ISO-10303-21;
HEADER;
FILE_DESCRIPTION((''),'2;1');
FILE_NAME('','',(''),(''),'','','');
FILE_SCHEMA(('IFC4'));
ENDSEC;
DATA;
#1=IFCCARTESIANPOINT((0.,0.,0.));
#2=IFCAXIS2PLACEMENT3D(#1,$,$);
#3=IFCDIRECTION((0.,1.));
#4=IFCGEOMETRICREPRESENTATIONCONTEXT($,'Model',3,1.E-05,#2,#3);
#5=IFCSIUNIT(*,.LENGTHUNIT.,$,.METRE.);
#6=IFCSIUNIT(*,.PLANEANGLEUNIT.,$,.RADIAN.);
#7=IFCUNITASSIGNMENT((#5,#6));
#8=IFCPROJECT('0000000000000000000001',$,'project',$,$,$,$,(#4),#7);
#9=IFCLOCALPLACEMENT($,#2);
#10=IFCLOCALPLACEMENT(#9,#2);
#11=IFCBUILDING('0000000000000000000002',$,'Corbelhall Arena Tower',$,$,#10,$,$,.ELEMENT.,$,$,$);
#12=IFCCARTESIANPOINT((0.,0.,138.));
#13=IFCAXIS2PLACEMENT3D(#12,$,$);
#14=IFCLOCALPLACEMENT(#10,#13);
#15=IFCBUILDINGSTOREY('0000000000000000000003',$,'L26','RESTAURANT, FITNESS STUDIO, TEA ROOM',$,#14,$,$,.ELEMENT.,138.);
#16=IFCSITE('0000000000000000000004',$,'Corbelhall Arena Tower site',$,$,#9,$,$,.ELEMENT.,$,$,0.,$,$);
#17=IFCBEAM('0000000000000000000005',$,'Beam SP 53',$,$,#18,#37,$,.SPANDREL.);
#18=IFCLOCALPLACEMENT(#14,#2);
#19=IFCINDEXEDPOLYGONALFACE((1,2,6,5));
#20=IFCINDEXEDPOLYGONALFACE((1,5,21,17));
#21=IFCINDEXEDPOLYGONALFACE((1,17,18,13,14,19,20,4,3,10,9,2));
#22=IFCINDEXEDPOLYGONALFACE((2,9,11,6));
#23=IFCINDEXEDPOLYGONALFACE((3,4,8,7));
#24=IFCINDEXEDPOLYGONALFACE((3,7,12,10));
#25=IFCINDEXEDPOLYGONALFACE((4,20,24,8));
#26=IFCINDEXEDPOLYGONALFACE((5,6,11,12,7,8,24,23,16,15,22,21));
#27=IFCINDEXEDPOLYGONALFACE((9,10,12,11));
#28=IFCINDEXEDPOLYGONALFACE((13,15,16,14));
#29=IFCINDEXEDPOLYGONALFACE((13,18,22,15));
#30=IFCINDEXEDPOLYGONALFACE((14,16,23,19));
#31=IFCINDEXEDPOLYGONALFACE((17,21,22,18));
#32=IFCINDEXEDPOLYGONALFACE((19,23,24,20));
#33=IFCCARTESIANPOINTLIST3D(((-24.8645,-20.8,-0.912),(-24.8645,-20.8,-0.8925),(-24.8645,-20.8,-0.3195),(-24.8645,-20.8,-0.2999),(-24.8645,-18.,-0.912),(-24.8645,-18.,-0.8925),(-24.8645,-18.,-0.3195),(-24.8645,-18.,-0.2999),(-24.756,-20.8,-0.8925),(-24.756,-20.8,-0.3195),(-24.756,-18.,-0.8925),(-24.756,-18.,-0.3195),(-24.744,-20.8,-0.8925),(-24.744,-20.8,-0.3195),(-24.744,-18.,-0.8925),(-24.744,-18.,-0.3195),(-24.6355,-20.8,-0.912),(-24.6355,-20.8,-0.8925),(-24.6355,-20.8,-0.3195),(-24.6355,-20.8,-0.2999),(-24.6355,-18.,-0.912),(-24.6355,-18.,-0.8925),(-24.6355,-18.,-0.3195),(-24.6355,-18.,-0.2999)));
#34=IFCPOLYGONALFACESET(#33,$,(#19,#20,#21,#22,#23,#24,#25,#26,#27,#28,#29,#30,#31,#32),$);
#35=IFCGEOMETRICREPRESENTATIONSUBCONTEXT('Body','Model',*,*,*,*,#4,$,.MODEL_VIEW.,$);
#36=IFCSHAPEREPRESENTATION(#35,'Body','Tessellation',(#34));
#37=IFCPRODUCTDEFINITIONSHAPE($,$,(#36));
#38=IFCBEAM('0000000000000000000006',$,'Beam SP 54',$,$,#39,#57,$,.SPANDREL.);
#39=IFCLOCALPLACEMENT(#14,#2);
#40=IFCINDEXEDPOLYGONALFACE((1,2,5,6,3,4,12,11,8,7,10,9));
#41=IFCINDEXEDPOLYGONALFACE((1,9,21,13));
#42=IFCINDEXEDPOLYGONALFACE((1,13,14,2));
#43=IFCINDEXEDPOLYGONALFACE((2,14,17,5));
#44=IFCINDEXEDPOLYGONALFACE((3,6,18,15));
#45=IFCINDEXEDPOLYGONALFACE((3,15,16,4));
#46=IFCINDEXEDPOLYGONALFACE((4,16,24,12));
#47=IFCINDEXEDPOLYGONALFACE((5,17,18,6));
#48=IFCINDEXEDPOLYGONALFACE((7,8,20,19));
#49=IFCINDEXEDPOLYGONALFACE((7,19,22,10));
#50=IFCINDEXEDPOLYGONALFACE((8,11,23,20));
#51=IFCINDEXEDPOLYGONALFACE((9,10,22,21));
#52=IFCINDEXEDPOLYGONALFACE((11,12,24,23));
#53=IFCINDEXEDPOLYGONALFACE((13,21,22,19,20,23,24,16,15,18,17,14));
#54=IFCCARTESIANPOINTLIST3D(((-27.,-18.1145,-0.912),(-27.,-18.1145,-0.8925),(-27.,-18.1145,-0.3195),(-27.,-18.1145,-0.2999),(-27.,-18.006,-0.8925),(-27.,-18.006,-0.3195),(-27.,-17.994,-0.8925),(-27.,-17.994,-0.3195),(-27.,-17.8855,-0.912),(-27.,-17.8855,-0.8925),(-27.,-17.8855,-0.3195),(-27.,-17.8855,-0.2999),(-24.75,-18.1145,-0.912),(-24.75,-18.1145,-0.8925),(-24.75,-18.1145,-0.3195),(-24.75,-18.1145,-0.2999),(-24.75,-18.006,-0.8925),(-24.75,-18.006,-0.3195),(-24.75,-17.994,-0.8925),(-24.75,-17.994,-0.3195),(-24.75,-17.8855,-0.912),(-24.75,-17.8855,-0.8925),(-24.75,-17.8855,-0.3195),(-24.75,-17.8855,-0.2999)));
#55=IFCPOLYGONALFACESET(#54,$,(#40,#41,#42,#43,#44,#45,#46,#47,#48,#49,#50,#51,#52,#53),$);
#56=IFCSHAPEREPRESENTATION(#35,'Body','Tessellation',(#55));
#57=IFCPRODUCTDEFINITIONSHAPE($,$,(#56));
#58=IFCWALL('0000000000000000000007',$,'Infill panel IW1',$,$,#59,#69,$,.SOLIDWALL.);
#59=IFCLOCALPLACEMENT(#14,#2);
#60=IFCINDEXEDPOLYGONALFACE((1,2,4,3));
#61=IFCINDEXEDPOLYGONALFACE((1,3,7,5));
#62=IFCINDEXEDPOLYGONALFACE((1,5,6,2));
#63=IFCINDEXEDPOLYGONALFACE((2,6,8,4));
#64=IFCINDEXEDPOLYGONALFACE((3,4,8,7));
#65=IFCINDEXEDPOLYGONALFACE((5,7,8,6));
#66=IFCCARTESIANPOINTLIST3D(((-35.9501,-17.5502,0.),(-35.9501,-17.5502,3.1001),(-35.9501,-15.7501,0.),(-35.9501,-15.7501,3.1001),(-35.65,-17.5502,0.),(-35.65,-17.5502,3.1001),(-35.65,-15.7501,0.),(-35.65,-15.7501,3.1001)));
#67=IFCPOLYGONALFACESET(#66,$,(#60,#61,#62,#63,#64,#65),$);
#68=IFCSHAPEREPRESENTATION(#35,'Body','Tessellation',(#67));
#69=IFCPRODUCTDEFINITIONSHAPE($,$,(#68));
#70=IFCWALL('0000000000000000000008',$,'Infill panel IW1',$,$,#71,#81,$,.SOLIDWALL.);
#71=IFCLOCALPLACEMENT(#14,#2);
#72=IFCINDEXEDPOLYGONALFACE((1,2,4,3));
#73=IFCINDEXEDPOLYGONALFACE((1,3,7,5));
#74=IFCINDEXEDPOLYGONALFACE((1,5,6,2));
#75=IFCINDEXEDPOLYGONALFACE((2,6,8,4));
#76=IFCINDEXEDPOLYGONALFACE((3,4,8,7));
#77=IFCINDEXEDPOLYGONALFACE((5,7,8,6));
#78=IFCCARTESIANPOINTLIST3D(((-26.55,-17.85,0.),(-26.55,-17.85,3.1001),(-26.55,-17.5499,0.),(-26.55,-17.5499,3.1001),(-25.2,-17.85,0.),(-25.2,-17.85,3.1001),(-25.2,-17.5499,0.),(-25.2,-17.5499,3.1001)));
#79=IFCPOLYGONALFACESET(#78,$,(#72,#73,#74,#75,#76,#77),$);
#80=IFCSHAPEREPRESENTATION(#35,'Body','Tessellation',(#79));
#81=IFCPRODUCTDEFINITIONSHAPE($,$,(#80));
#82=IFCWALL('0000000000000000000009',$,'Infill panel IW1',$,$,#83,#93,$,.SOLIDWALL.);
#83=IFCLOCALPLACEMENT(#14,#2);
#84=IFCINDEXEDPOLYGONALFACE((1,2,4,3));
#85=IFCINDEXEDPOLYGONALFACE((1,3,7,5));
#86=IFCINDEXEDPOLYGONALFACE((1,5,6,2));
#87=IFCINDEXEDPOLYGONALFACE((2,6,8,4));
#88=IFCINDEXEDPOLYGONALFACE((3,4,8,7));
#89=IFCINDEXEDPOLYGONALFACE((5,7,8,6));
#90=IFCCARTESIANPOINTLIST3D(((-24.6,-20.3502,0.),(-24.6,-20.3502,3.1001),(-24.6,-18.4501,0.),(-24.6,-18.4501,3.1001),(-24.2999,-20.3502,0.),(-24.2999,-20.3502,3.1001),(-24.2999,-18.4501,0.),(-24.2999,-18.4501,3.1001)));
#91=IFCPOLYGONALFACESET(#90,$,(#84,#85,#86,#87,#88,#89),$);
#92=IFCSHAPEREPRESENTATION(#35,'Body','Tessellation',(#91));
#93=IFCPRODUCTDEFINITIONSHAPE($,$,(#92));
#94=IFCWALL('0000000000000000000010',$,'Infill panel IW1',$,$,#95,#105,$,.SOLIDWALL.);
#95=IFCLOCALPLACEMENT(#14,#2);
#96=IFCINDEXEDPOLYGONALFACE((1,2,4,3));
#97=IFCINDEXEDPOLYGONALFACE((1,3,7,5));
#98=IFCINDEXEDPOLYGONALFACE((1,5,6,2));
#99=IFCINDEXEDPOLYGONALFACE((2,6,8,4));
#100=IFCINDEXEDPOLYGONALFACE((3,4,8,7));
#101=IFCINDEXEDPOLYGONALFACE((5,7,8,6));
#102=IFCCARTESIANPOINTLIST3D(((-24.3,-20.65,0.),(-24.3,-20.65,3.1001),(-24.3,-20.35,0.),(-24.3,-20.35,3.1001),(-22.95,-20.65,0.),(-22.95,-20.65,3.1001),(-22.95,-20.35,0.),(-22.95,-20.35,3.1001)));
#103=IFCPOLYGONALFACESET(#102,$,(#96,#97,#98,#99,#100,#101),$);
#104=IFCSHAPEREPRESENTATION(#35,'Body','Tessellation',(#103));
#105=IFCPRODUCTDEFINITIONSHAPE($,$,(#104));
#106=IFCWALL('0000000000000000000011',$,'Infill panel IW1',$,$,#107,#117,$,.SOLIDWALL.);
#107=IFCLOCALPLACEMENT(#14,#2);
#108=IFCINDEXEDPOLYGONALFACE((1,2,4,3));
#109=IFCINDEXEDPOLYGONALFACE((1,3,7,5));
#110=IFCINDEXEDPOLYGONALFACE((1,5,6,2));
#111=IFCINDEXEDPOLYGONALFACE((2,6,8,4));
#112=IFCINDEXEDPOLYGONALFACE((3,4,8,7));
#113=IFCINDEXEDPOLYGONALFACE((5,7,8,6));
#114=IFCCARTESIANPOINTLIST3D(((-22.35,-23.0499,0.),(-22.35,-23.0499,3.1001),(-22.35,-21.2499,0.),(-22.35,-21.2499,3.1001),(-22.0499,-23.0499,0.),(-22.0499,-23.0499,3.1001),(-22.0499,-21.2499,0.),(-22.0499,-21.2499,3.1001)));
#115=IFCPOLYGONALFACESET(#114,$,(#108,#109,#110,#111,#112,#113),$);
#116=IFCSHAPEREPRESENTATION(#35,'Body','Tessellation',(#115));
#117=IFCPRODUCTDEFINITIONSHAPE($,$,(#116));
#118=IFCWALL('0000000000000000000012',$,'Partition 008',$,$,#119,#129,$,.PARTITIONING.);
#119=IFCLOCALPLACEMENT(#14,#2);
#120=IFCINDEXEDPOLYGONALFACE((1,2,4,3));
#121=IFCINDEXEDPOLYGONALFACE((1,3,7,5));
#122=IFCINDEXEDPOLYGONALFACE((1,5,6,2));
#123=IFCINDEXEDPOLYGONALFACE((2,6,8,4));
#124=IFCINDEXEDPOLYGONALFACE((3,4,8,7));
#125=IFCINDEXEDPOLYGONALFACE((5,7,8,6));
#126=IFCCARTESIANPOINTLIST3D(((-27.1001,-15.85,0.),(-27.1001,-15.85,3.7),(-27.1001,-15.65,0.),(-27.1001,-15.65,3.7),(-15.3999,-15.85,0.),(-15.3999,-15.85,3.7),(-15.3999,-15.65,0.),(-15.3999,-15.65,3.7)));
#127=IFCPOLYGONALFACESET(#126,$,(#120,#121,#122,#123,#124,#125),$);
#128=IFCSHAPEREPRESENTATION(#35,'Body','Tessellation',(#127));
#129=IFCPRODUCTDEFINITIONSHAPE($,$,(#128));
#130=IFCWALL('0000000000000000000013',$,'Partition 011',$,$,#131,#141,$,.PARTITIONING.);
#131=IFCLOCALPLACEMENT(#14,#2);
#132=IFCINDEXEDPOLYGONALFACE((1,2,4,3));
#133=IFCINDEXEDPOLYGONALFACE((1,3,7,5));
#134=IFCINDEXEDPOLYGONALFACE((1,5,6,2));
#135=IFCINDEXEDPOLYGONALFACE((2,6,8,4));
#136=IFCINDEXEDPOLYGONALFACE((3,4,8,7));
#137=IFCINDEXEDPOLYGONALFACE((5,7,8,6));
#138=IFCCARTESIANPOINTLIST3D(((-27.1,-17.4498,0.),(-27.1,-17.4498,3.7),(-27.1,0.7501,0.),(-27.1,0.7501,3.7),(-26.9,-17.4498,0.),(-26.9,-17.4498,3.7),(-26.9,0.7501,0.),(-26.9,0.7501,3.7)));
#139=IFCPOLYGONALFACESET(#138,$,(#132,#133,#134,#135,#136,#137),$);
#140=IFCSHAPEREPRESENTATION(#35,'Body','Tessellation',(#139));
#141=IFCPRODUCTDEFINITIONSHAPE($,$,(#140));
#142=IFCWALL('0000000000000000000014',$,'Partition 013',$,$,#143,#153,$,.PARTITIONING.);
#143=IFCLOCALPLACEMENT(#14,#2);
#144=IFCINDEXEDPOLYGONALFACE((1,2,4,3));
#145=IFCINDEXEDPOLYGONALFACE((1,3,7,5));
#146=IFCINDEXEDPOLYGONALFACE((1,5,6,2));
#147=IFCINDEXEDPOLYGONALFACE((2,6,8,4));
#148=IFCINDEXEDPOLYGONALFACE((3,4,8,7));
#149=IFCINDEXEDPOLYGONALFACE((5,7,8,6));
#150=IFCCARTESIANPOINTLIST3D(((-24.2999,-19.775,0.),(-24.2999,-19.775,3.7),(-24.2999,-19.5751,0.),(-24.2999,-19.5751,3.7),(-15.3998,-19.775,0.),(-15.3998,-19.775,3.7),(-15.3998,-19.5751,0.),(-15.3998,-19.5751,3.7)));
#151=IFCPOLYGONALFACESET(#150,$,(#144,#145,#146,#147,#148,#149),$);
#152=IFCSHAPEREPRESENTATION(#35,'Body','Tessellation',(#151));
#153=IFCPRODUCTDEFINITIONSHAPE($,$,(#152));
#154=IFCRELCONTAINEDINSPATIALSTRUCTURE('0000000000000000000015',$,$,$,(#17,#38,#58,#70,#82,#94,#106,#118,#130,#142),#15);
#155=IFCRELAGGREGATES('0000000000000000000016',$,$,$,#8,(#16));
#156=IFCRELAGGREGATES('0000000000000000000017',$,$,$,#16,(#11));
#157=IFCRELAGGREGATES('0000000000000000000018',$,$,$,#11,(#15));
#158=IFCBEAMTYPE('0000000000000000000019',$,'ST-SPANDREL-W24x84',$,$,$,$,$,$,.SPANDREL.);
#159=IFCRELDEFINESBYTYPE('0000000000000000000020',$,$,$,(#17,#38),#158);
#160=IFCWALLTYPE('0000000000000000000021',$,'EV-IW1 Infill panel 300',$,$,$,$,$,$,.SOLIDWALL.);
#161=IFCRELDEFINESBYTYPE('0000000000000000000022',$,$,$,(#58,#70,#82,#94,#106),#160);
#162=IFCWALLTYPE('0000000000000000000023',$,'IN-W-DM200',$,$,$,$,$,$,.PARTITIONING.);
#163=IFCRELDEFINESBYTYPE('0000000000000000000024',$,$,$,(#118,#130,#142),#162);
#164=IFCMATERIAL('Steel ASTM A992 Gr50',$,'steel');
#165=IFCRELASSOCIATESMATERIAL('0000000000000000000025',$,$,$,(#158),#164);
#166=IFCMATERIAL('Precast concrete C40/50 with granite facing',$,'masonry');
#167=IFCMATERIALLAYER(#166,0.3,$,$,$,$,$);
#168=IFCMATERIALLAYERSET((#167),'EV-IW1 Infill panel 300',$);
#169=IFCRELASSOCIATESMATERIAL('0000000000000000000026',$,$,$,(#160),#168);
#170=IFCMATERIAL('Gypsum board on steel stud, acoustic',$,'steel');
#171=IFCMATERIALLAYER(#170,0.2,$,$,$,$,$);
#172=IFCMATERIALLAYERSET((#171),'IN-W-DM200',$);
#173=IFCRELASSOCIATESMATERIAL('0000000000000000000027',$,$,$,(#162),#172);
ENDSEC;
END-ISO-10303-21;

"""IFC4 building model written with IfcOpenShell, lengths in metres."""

from ifc_helpers import new_model, si_unit, direction, frame, frame_2d, origin, origin_2d, place, context, subcontext, project, spatial, rectangle, i_section, extrude, material, layer, layer_set, material_profile, profile_set, type_object, element, save


model = new_model("IFC4")

# Units and contexts
model_context = context("Model", 3, precision=1e-05, world=origin(), true_north=direction((0.0, 1.0)))
body_context = subcontext(model_context, "Body", "Model", "MODEL_VIEW")
ifc_project = project(units=[si_unit("LENGTHUNIT", "METRE"), si_unit("PLANEANGLEUNIT", "RADIAN")], contexts=[model_context])

# Site, building, storey
site_placement = place(None, origin())
site = spatial("IfcSite", under=ifc_project, at=site_placement, Name="Corbelhall Arena Tower site", CompositionType="ELEMENT", RefElevation=0.0)
building_placement = place(site_placement, origin())
building = spatial("IfcBuilding", under=site, at=building_placement, Name="Corbelhall Arena Tower", CompositionType="ELEMENT")
storey_placement = place(building_placement, frame((0.0, 0.0, 138.0)))
storey = spatial("IfcBuildingStorey", under=building, at=storey_placement, Name="L26", Description="RESTAURANT, FITNESS STUDIO, TEA ROOM", CompositionType="ELEMENT", Elevation=138.0)

# Beams
ifc_material_1 = material(Name="Steel ASTM A992 Gr50", Category="steel")
ifc_material_profile_1 = material_profile(ifc_material_1, i_section(OverallWidth=0.229, OverallDepth=0.6121, WebThickness=0.012, FlangeThickness=0.0195, at=origin_2d()))
ifc_profile_set_1 = profile_set([ifc_material_profile_1], Name="Steel ASTM A992 Gr50")
beam_type = type_object("IfcBeamType", Name="ST-SPANDREL-W24x84", PredefinedType="SPANDREL", material=ifc_profile_set_1)
beam_1_placement = place(storey_placement, frame((-24.75, -20.8, -0.606), z_axis=(0.0, 1.0, 0.0), x_axis=(-1.0, 0.0, 0.0)))
element("IfcBeam", 1, at=beam_1_placement, inside=storey, type_object=beam_type, Name="Beam SP 53", PredefinedType="SPANDREL", context=body_context, shape_type="SweptSolid", body=[
    extrude(i_section(OverallWidth=0.229, OverallDepth=0.6121, WebThickness=0.012, FlangeThickness=0.0195, at=origin_2d()), origin(), (0.0, 0.0, 1.0), 2.8),
])
beam_2_placement = place(storey_placement, frame((-24.75, -18.0, -0.606), z_axis=(-1.0, 0.0, 0.0), x_axis=(0.0, -1.0, 0.0)))
element("IfcBeam", 2, at=beam_2_placement, inside=storey, type_object=beam_type, Name="Beam SP 54", PredefinedType="SPANDREL", context=body_context, shape_type="SweptSolid", body=[
    extrude(i_section(OverallWidth=0.229, OverallDepth=0.6121, WebThickness=0.012, FlangeThickness=0.0195, at=origin_2d()), origin(), (0.0, 0.0, 1.0), 2.25),
])

# Wall
ifc_material_2 = material(Name="Precast concrete C40/50 with granite facing", Category="masonry")
ifc_layer_1 = layer(ifc_material_2, 0.3)
ifc_layer_set_1 = layer_set([ifc_layer_1], Name="EV-IW1 Infill panel 300")
wall_type_1 = type_object("IfcWallType", Name="EV-IW1 Infill panel 300", PredefinedType="SOLIDWALL", material=ifc_layer_set_1)
wall_1_placement = place(storey_placement, frame((-35.8, -17.55, 0.0), z_axis=(0.0, 0.0, 1.0), x_axis=(0.0, 1.0, 0.0)))
element("IfcWall", 3, at=wall_1_placement, inside=storey, type_object=wall_type_1, Name="Infill panel IW1", PredefinedType="SOLIDWALL", context=body_context, shape_type="SweptSolid", body=[
    extrude(rectangle(XDim=1.8, YDim=0.3, at=frame_2d((0.8999, 0.0))), origin(), (0.0, 0.0, 1.0), 3.1001),
])

# Walls
wall_2_placement = place(storey_placement, frame((-26.55, -17.7, 0.0), z_axis=(0.0, 0.0, 1.0), x_axis=(1.0, 0.0, 0.0)))
element("IfcWall", 4, at=wall_2_placement, inside=storey, type_object=wall_type_1, Name="Infill panel IW1", PredefinedType="SOLIDWALL", context=body_context, shape_type="SweptSolid", body=[
    extrude(rectangle(XDim=1.3501, YDim=0.3, at=frame_2d((0.675, 0.0))), origin(), (0.0, 0.0, 1.0), 3.1001),
])
wall_3_placement = place(storey_placement, frame((-24.45, -18.45, 0.0), z_axis=(0.0, 0.0, 1.0), x_axis=(0.0, -1.0, 0.0)))
element("IfcWall", 5, at=wall_3_placement, inside=storey, type_object=wall_type_1, Name="Infill panel IW1", PredefinedType="SOLIDWALL", context=body_context, shape_type="SweptSolid", body=[
    extrude(rectangle(XDim=1.9001, YDim=0.3, at=frame_2d((0.9502, 0.0))), origin(), (0.0, 0.0, 1.0), 3.1001),
])
wall_4_placement = place(storey_placement, frame((-24.3, -20.5, 0.0), z_axis=(0.0, 0.0, 1.0), x_axis=(1.0, 0.0, 0.0)))
element("IfcWall", 6, at=wall_4_placement, inside=storey, type_object=wall_type_1, Name="Infill panel IW1", PredefinedType="SOLIDWALL", context=body_context, shape_type="SweptSolid", body=[
    extrude(rectangle(XDim=1.3501, YDim=0.3, at=frame_2d((0.675, 0.0))), origin(), (0.0, 0.0, 1.0), 3.1001),
])
wall_5_placement = place(storey_placement, frame((-22.2, -21.25, 0.0), z_axis=(0.0, 0.0, 1.0), x_axis=(0.0, -1.0, 0.0)))
element("IfcWall", 7, at=wall_5_placement, inside=storey, type_object=wall_type_1, Name="Infill panel IW1", PredefinedType="SOLIDWALL", context=body_context, shape_type="SweptSolid", body=[
    extrude(rectangle(XDim=1.8, YDim=0.3, at=frame_2d((0.8999, 0.0))), origin(), (0.0, 0.0, 1.0), 3.1001),
])

# Walls
ifc_material_3 = material(Name="Gypsum board on steel stud, acoustic", Category="steel")
ifc_layer_2 = layer(ifc_material_3, 0.2)
ifc_layer_set_2 = layer_set([ifc_layer_2], Name="IN-W-DM200")
wall_type_2 = type_object("IfcWallType", Name="IN-W-DM200", PredefinedType="PARTITIONING", material=ifc_layer_set_2)
wall_6_placement = place(storey_placement, frame((-27.1001, -15.75, 0.0), z_axis=(0.0, 0.0, 1.0), x_axis=(1.0, 0.0, 0.0)))
element("IfcWall", 8, at=wall_6_placement, inside=storey, type_object=wall_type_2, Name="Partition 008", PredefinedType="PARTITIONING", context=body_context, shape_type="SweptSolid", body=[
    extrude(rectangle(XDim=11.7002, YDim=0.2, at=frame_2d((5.8501, 0.0))), origin(), (0.0, 0.0, 1.0), 3.7),
])
wall_7_placement = place(storey_placement, frame((-27.0, -17.45, 0.0), z_axis=(0.0, 0.0, 1.0), x_axis=(0.0, 1.0, 0.0)))
element("IfcWall", 9, at=wall_7_placement, inside=storey, type_object=wall_type_2, Name="Partition 011", PredefinedType="PARTITIONING", context=body_context, shape_type="SweptSolid", body=[
    extrude(rectangle(XDim=18.2, YDim=0.2, at=frame_2d((9.1001, 0.0))), origin(), (0.0, 0.0, 1.0), 3.7),
])
wall_8_placement = place(storey_placement, frame((-24.3, -19.675, 0.0), z_axis=(0.0, 0.0, 1.0), x_axis=(1.0, 0.0, 0.0)))
element("IfcWall", 10, at=wall_8_placement, inside=storey, type_object=wall_type_2, Name="Partition 013", PredefinedType="PARTITIONING", context=body_context, shape_type="SweptSolid", body=[
    extrude(rectangle(XDim=8.9001, YDim=0.2, at=frame_2d((4.4502, 0.0))), origin(), (0.0, 0.0, 1.0), 3.7),
])

save(model, "model.ifc")
